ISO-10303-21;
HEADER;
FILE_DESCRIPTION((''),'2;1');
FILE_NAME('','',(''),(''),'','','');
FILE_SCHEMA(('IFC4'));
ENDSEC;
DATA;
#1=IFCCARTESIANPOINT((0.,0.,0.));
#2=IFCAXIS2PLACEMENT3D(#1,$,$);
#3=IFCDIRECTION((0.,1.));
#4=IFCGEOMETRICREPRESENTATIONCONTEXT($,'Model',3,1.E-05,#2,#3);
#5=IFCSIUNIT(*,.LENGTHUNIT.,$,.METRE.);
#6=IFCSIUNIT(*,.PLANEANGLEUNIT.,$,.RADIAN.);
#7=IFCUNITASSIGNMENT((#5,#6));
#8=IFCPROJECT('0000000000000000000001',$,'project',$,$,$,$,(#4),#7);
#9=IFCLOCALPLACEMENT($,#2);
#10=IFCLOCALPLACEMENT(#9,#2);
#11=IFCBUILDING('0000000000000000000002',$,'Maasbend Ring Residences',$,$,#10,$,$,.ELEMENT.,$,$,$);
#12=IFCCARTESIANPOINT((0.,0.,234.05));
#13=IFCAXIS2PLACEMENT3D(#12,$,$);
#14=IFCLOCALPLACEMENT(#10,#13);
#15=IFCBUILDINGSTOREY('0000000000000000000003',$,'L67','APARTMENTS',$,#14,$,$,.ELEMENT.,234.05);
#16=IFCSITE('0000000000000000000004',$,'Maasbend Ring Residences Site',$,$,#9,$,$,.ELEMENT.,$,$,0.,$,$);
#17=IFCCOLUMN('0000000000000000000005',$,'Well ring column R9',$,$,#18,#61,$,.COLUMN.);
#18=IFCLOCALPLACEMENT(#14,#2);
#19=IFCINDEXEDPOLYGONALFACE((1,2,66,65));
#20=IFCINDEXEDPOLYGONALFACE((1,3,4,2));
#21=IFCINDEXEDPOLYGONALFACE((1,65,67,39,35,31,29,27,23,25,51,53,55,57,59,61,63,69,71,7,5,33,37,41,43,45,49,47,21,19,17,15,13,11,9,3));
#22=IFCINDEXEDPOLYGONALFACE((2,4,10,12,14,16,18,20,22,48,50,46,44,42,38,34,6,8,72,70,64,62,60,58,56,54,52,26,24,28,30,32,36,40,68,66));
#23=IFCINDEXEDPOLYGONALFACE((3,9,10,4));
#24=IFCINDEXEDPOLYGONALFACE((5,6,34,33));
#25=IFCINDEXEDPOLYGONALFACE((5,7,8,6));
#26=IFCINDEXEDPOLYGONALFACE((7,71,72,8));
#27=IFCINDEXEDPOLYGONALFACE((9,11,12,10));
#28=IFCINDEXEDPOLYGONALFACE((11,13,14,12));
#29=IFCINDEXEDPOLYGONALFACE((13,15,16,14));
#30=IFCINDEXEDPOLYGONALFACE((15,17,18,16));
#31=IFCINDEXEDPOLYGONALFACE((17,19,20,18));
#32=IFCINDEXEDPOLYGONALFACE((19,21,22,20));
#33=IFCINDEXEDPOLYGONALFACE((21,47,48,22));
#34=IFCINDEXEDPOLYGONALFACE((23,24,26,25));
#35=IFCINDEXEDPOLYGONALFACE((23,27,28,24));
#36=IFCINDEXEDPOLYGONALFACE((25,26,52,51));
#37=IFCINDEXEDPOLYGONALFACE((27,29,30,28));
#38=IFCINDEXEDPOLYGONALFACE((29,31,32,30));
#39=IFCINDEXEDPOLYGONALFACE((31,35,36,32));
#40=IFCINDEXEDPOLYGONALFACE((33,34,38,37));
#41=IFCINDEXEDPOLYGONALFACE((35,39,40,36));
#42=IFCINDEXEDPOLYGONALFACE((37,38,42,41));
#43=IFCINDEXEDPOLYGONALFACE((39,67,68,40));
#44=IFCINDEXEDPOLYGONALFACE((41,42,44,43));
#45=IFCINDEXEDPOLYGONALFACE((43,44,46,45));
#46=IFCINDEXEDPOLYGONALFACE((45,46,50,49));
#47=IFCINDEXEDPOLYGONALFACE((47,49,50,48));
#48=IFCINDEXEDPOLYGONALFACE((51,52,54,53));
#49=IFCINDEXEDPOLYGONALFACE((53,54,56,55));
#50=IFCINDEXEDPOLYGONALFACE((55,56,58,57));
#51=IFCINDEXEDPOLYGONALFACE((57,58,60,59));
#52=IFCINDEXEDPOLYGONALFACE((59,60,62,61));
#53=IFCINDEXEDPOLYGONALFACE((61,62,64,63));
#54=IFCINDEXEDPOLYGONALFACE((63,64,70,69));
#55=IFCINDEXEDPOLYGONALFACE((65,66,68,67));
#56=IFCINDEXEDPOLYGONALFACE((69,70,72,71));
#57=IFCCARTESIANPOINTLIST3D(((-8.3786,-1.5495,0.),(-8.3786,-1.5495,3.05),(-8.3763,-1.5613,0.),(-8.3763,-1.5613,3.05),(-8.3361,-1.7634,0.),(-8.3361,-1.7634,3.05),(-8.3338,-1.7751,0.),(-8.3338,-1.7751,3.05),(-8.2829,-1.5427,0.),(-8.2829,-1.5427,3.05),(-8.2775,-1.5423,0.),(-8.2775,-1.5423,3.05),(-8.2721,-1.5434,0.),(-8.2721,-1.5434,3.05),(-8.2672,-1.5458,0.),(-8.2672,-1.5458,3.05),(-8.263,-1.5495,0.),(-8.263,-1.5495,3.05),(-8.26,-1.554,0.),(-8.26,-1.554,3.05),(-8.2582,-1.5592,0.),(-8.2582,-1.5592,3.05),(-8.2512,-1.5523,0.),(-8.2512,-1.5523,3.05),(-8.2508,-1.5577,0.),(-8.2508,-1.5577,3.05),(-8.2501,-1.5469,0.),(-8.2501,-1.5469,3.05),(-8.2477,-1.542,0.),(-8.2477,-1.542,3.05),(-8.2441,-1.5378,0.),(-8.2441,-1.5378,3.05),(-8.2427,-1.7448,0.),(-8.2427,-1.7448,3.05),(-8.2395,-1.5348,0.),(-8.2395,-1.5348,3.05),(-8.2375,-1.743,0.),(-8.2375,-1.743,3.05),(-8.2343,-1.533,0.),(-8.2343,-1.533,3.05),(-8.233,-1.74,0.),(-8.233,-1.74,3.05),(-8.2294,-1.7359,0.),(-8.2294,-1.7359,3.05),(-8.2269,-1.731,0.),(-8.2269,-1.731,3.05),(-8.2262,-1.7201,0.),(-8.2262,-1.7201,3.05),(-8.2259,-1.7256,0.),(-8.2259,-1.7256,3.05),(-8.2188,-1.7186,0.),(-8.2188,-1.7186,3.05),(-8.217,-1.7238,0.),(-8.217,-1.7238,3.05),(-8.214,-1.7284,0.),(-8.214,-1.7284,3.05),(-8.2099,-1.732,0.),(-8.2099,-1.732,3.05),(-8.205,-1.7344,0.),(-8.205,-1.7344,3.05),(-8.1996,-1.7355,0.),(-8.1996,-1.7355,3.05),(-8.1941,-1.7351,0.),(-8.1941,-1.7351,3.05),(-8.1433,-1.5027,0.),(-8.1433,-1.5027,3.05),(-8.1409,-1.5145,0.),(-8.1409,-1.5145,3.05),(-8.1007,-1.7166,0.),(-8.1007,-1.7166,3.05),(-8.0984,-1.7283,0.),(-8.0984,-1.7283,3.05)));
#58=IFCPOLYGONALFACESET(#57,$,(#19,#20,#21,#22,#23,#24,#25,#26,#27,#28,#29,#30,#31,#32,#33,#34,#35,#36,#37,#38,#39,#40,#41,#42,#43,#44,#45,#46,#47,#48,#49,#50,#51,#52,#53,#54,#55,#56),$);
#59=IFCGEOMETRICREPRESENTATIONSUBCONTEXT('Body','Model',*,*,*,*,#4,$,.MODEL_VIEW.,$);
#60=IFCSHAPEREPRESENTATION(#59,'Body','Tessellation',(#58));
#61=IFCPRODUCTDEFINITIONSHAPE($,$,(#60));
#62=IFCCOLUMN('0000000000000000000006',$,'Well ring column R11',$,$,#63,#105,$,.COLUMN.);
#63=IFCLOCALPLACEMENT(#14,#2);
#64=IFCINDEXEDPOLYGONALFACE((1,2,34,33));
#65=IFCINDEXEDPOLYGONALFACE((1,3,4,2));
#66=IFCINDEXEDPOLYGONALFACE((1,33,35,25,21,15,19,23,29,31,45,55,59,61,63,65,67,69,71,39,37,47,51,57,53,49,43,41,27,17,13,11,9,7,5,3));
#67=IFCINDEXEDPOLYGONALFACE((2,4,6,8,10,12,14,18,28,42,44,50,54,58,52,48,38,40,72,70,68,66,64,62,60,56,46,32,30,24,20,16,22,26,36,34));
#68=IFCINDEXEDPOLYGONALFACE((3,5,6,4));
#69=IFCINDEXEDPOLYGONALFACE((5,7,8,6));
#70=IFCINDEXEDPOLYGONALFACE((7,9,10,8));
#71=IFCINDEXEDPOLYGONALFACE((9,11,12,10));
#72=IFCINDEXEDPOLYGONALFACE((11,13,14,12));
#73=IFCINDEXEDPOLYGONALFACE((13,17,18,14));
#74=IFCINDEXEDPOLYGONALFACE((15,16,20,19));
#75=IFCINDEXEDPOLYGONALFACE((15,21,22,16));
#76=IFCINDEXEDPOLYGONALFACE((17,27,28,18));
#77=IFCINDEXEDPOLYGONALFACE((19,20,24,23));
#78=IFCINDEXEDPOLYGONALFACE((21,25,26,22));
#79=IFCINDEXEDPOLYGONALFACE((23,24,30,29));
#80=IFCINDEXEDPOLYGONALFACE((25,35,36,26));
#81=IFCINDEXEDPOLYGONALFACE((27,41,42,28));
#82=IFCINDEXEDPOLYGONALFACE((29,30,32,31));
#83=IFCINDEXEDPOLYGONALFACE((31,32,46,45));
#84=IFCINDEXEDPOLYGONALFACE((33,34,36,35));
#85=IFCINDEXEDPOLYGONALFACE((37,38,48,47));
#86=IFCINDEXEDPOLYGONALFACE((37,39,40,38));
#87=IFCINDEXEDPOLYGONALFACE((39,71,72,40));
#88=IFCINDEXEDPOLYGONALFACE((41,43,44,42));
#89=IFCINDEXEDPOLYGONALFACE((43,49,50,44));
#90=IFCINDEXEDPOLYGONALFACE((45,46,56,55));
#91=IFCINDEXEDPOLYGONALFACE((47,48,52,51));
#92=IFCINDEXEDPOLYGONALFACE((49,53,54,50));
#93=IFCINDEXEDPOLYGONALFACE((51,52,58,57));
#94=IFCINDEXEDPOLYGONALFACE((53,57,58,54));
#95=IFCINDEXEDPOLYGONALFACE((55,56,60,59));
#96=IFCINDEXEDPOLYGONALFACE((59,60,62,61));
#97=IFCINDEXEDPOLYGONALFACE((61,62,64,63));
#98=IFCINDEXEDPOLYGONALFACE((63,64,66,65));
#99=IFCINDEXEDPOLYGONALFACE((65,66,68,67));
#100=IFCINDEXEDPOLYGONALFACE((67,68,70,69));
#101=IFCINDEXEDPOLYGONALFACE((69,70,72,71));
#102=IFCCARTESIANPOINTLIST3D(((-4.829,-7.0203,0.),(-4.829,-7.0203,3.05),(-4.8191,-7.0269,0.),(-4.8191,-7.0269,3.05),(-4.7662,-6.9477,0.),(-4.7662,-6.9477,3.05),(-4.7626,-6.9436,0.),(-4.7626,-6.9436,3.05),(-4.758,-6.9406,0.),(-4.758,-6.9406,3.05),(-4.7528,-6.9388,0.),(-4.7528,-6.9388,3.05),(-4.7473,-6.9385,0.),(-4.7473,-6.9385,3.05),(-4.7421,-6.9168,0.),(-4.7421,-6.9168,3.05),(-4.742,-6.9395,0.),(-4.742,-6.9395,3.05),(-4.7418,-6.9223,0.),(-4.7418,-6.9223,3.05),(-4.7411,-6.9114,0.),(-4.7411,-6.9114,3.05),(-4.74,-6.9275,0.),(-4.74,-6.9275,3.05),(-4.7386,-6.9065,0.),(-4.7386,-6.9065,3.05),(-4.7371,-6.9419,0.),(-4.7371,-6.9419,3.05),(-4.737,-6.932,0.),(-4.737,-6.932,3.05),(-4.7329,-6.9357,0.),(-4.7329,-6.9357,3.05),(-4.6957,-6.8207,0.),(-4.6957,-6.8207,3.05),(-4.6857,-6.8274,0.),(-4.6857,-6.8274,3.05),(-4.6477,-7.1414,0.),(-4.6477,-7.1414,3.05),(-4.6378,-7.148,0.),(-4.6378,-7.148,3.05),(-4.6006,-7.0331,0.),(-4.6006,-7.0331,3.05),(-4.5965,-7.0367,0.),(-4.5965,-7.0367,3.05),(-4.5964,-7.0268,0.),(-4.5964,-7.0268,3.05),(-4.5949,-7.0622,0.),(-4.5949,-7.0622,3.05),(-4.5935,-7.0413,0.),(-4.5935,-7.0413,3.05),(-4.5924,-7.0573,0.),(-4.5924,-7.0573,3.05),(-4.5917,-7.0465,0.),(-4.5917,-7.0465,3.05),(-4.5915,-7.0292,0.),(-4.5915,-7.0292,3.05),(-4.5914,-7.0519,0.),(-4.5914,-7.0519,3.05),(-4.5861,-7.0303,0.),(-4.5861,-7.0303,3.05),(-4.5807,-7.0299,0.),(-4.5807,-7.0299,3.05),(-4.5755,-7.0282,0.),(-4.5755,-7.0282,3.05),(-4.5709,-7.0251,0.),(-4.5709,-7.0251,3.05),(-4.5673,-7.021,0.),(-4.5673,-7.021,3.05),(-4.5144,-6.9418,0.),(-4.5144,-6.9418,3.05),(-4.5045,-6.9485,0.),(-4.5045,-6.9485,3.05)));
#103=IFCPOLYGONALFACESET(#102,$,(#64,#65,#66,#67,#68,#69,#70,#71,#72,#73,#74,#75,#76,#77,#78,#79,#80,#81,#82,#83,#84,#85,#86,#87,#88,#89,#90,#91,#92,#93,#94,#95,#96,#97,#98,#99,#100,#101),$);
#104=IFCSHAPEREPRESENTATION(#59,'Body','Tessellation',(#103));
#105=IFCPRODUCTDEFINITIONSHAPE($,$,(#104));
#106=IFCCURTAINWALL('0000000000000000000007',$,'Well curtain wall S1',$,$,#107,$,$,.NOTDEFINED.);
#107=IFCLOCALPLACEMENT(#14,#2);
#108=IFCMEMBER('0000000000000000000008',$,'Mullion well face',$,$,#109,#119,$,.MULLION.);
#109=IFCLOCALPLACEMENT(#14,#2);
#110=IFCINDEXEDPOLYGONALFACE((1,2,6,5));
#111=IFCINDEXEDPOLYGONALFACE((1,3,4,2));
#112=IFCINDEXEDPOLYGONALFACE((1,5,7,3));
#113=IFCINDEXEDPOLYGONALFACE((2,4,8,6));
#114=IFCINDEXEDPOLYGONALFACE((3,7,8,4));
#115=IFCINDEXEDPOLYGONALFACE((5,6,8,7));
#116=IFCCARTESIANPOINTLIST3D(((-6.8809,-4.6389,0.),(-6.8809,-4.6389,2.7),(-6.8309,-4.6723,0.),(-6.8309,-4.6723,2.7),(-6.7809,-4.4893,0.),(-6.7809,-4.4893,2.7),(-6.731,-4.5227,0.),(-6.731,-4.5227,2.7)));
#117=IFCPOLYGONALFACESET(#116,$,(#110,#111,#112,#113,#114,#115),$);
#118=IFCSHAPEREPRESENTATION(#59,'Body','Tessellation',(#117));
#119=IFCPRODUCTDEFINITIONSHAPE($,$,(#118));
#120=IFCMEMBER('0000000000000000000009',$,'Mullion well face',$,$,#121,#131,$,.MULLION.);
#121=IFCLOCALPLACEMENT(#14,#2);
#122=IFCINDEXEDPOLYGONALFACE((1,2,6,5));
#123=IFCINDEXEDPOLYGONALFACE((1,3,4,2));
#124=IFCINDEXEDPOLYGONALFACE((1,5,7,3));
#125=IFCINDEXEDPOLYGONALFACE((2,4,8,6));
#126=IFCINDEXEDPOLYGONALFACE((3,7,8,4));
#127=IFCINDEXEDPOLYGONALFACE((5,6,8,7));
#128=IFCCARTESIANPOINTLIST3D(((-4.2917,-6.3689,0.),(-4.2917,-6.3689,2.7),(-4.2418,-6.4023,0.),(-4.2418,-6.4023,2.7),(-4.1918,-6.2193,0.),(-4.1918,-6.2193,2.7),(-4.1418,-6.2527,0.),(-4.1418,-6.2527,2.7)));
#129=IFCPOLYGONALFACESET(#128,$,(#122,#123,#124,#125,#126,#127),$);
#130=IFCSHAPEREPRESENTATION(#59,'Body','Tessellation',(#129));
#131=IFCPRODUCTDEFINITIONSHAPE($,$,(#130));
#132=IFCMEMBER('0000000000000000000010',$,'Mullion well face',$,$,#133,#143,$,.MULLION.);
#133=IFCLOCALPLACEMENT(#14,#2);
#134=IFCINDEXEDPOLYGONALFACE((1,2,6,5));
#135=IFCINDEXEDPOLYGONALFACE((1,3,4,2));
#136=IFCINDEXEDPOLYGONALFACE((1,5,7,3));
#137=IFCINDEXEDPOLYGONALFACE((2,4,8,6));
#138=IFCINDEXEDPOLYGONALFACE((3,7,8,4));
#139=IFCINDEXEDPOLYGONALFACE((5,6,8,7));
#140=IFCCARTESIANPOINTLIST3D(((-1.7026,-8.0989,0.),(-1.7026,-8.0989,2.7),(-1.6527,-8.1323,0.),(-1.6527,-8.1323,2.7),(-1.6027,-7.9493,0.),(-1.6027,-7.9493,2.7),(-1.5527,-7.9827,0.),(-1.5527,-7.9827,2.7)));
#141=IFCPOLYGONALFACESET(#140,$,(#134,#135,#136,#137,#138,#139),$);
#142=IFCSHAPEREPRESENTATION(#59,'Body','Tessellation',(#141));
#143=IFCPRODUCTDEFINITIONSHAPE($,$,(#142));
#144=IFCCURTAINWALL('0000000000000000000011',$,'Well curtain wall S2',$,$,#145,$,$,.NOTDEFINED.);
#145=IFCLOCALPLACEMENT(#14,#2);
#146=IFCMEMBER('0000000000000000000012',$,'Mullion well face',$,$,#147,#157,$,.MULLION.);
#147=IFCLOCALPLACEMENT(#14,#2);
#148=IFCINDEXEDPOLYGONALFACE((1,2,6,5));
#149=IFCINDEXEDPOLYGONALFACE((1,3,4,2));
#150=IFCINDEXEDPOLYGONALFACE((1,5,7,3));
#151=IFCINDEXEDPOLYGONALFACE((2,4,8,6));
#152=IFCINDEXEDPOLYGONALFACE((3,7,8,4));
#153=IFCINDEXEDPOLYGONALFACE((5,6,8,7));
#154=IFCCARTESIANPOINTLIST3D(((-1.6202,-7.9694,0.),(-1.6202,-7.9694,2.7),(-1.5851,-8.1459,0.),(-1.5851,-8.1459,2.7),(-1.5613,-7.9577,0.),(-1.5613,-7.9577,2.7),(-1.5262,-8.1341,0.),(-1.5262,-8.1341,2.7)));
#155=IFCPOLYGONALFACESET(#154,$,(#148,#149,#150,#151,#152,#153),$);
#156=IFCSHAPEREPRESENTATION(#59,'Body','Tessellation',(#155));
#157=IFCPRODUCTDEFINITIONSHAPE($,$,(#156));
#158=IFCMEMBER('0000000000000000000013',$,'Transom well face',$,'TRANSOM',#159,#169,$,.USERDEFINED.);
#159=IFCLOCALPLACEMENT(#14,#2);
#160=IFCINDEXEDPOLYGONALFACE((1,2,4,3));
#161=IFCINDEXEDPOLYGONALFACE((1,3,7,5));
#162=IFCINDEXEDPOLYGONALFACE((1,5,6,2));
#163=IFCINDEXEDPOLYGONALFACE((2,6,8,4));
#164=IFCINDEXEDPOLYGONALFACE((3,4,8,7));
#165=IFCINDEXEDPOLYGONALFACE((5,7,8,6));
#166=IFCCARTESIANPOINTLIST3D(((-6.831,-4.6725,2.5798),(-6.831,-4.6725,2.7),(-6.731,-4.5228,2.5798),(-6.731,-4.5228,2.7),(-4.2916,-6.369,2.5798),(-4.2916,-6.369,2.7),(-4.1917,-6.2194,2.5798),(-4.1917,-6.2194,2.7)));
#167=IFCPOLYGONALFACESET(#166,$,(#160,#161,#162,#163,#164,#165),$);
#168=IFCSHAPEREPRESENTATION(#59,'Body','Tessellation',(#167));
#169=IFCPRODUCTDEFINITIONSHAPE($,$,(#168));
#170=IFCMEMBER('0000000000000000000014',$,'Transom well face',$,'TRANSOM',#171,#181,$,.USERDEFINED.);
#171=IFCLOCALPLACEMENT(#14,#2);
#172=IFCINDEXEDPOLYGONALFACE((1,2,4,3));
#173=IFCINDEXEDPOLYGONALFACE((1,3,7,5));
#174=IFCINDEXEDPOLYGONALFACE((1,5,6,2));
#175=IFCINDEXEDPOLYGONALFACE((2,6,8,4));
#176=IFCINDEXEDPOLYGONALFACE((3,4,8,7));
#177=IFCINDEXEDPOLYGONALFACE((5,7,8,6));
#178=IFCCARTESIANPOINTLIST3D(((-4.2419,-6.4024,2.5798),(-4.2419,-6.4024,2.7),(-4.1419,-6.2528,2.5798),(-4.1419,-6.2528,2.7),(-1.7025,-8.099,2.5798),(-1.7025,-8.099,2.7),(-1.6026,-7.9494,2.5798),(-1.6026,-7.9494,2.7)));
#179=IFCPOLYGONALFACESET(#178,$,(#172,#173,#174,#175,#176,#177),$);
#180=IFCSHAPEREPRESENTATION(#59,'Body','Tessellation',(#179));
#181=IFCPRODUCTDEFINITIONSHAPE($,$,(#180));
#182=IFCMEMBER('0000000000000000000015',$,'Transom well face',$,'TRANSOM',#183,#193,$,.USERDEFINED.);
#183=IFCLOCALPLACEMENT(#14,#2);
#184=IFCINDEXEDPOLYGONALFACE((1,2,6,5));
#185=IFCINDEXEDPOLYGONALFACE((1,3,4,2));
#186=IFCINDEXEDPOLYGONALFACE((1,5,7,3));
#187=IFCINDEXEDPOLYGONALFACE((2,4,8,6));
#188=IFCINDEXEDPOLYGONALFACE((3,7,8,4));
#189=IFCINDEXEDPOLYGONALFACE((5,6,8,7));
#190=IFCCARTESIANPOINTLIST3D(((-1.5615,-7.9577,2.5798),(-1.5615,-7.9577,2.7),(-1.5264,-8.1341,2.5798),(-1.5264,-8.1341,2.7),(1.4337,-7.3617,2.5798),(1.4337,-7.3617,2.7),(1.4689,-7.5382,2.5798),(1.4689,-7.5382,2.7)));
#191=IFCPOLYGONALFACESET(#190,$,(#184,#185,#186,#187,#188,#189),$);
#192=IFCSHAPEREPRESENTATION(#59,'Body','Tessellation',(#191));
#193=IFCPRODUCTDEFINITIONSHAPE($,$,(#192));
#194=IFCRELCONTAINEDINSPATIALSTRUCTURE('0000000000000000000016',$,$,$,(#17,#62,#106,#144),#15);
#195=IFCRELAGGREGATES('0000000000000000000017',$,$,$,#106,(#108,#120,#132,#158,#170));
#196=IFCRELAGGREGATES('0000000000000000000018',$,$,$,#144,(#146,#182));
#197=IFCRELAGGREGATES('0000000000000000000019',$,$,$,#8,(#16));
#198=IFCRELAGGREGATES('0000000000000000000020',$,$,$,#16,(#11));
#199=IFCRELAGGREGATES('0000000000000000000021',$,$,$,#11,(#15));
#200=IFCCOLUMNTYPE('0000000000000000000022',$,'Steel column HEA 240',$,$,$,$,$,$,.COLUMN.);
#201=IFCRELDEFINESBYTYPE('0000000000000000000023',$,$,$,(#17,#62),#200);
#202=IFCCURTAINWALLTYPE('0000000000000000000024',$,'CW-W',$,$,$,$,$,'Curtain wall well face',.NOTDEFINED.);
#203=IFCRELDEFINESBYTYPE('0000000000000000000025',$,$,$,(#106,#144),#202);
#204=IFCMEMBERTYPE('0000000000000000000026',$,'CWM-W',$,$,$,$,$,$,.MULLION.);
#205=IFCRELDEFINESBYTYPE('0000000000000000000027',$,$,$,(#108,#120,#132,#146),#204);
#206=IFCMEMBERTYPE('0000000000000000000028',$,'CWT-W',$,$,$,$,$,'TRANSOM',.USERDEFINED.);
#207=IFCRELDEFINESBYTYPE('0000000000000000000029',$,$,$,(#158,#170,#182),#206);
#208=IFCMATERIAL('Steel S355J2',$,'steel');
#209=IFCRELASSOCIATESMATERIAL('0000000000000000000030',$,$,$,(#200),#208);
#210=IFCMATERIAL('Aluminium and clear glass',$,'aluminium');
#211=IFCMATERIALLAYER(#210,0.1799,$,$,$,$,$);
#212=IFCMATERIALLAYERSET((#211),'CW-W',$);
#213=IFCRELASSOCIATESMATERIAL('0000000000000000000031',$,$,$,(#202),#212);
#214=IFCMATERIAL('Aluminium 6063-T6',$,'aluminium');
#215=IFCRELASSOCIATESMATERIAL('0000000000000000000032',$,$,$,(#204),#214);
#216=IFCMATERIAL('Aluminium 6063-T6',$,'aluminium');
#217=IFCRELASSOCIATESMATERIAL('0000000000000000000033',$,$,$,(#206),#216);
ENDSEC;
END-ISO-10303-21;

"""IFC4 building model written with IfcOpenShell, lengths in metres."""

from ifc_helpers import new_model, si_unit, direction, frame, origin, origin_2d, place, context, subcontext, project, spatial, rectangle, i_section, extrude, material, layer, layer_set, material_profile, profile_set, type_object, element, aggregate, save


model = new_model("IFC4")

# Units and contexts
model_context = context("Model", 3, precision=1e-05, world=origin(), true_north=direction((0.0, 1.0)))
body_context = subcontext(model_context, "Body", "Model", "MODEL_VIEW")
ifc_project = project(units=[si_unit("LENGTHUNIT", "METRE"), si_unit("PLANEANGLEUNIT", "RADIAN")], contexts=[model_context])

# Site, building, storey
site_placement = place(None, origin())
site = spatial("IfcSite", under=ifc_project, at=site_placement, Name="Maasbend Ring Residences Site", CompositionType="ELEMENT", RefElevation=0.0)
building_placement = place(site_placement, origin())
building = spatial("IfcBuilding", under=site, at=building_placement, Name="Maasbend Ring Residences", CompositionType="ELEMENT")
storey_placement = place(building_placement, frame((0.0, 0.0, 234.05)))
storey = spatial("IfcBuildingStorey", under=building, at=storey_placement, Name="L67", Description="APARTMENTS", CompositionType="ELEMENT", Elevation=234.05)

# Columns
ifc_material_1 = material(Name="Steel S355J2", Category="steel")
ifc_material_profile_1 = material_profile(ifc_material_1, i_section(OverallWidth=0.24, OverallDepth=0.23, WebThickness=0.0076, FlangeThickness=0.012, FilletRadius=0.021, at=origin_2d()), Name="HEA 240")
ifc_profile_set_1 = profile_set([ifc_material_profile_1], Name="Steel S355J2")
column_type = type_object("IfcColumnType", Name="Steel column HEA 240", PredefinedType="COLUMN", material=ifc_profile_set_1)
for number, where, z_axis, x_axis, name in (
    (1, (-8.2385, -1.6389, 0.0), (0.0, 0.0, 1.0), (-0.980785, -0.19509, 0.0), "Well ring column R9"),
    (2, (-4.6667, -6.9844, 0.0), (0.0, 0.0, 1.0), (-0.55557, -0.83147, 0.0), "Well ring column R11"),
):
    element("IfcColumn", number, at=place(storey_placement, frame(where, z_axis=z_axis, x_axis=x_axis)), inside=storey, type_object=column_type, Name=name, PredefinedType="COLUMN", context=body_context, shape_type="SweptSolid", body=[
        extrude(i_section(OverallWidth=0.24, OverallDepth=0.23, WebThickness=0.0076, FlangeThickness=0.012, FilletRadius=0.021, at=origin_2d()), origin(), (0.0, 0.0, 1.0), 3.05),
    ])

# Curtain wall, members
ifc_material_2 = material(Name="Aluminium and clear glass", Category="aluminium")
ifc_layer_1 = layer(ifc_material_2, 0.1799)
ifc_layer_set_1 = layer_set([ifc_layer_1], Name="CW-W")
curtain_wall_type = type_object("IfcCurtainWallType", Name="CW-W", ElementType="Curtain wall well face", PredefinedType="NOTDEFINED", material=ifc_layer_set_1)
curtain_wall_1_placement = place(storey_placement, origin())
curtain_wall_1 = element("IfcCurtainWall", 3, at=curtain_wall_1_placement, inside=storey, type_object=curtain_wall_type, Name="Well curtain wall S1", PredefinedType="NOTDEFINED")
ifc_material_3 = material(Name="Aluminium 6063-T6", Category="aluminium")
ifc_material_profile_2 = material_profile(ifc_material_3, rectangle(XDim=0.1799, YDim=0.0601, at=origin_2d()), Name="AL 180x60")
ifc_profile_set_2 = profile_set([ifc_material_profile_2], Name="Aluminium 6063-T6")
member_type_1 = type_object("IfcMemberType", Name="CWM-W", PredefinedType="MULLION", material=ifc_profile_set_2)
member_1_placement = place(storey_placement, frame((-6.8059, -4.5808, 0.0), z_axis=(0.0, 0.0, 1.0), x_axis=(0.55557, 0.83147, 0.0)))
member_1 = element("IfcMember", 4, at=member_1_placement, type_object=member_type_1, Name="Mullion well face", PredefinedType="MULLION", context=body_context, shape_type="SweptSolid", body=[
    extrude(rectangle(XDim=0.1799, YDim=0.0601, at=origin_2d()), origin(), (0.0, 0.0, 1.0), 2.7),
])
member_2_placement = place(storey_placement, frame((-4.2168, -6.3108, 0.0), z_axis=(0.0, 0.0, 1.0), x_axis=(0.55557, 0.83147, 0.0)))
member_2 = element("IfcMember", 5, at=member_2_placement, type_object=member_type_1, Name="Mullion well face", PredefinedType="MULLION", context=body_context, shape_type="SweptSolid", body=[
    extrude(rectangle(XDim=0.1799, YDim=0.0601, at=origin_2d()), origin(), (0.0, 0.0, 1.0), 2.7),
])
member_3_placement = place(storey_placement, frame((-1.6277, -8.0408, 0.0), z_axis=(0.0, 0.0, 1.0), x_axis=(0.55557, 0.83147, 0.0)))
member_3 = element("IfcMember", 6, at=member_3_placement, type_object=member_type_1, Name="Mullion well face", PredefinedType="MULLION", context=body_context, shape_type="SweptSolid", body=[
    extrude(rectangle(XDim=0.1799, YDim=0.0601, at=origin_2d()), origin(), (0.0, 0.0, 1.0), 2.7),
])

# Curtain wall, member
curtain_wall_2_placement = place(storey_placement, origin())
curtain_wall_2 = element("IfcCurtainWall", 7, at=curtain_wall_2_placement, inside=storey, type_object=curtain_wall_type, Name="Well curtain wall S2", PredefinedType="NOTDEFINED")
member_4_placement = place(storey_placement, frame((-1.5732, -8.0518, 0.0), z_axis=(0.0, 0.0, 1.0), x_axis=(-0.19509, 0.980785, 0.0)))
member_4 = element("IfcMember", 8, at=member_4_placement, type_object=member_type_1, Name="Mullion well face", PredefinedType="MULLION", context=body_context, shape_type="SweptSolid", body=[
    extrude(rectangle(XDim=0.1799, YDim=0.0601, at=origin_2d()), origin(), (0.0, 0.0, 1.0), 2.7),
])

# Members
ifc_material_4 = material(Name="Aluminium 6063-T6", Category="aluminium")
ifc_material_profile_3 = material_profile(ifc_material_4, rectangle(XDim=0.1799, YDim=0.1201, at=origin_2d()), Name="AL 180x120")
ifc_profile_set_3 = profile_set([ifc_material_profile_3], Name="Aluminium 6063-T6")
member_type_2 = type_object("IfcMemberType", Name="CWT-W", ElementType="TRANSOM", PredefinedType="USERDEFINED", material=ifc_profile_set_3)
member_5_placement = place(storey_placement, frame((-6.781, -4.5977, 2.6399), z_axis=(0.831496, -0.55553, 0.0), x_axis=(0.55553, 0.831496, 0.0)))
member_5 = element("IfcMember", 9, at=member_5_placement, type_object=member_type_2, Name="Transom well face", ObjectType="TRANSOM", PredefinedType="USERDEFINED", context=body_context, shape_type="SweptSolid", body=[
    extrude(rectangle(XDim=0.1799, YDim=0.1201, at=origin_2d()), origin(), (0.0, 0.0, 1.0), 3.054),
])
member_6_placement = place(storey_placement, frame((-4.1919, -6.3276, 2.6399), z_axis=(0.831496, -0.55553, 0.0), x_axis=(0.55553, 0.831496, 0.0)))
member_6 = element("IfcMember", 10, at=member_6_placement, type_object=member_type_2, Name="Transom well face", ObjectType="TRANSOM", PredefinedType="USERDEFINED", context=body_context, shape_type="SweptSolid", body=[
    extrude(rectangle(XDim=0.1799, YDim=0.1201, at=origin_2d()), origin(), (0.0, 0.0, 1.0), 3.054),
])
member_7_placement = place(storey_placement, frame((-1.5439, -8.0459, 2.6399), z_axis=(0.980777, 0.195132, 0.0), x_axis=(-0.195132, 0.980777, 0.0)))
member_7 = element("IfcMember", 11, at=member_7_placement, type_object=member_type_2, Name="Transom well face", ObjectType="TRANSOM", PredefinedType="USERDEFINED", context=body_context, shape_type="SweptSolid", body=[
    extrude(rectangle(XDim=0.1799, YDim=0.1201, at=origin_2d()), origin(), (0.0, 0.0, 1.0), 3.054),
])

aggregate(curtain_wall_1, [member_1, member_2, member_3, member_5, member_6])
aggregate(curtain_wall_2, [member_4, member_7])

save(model, "model.ifc")
